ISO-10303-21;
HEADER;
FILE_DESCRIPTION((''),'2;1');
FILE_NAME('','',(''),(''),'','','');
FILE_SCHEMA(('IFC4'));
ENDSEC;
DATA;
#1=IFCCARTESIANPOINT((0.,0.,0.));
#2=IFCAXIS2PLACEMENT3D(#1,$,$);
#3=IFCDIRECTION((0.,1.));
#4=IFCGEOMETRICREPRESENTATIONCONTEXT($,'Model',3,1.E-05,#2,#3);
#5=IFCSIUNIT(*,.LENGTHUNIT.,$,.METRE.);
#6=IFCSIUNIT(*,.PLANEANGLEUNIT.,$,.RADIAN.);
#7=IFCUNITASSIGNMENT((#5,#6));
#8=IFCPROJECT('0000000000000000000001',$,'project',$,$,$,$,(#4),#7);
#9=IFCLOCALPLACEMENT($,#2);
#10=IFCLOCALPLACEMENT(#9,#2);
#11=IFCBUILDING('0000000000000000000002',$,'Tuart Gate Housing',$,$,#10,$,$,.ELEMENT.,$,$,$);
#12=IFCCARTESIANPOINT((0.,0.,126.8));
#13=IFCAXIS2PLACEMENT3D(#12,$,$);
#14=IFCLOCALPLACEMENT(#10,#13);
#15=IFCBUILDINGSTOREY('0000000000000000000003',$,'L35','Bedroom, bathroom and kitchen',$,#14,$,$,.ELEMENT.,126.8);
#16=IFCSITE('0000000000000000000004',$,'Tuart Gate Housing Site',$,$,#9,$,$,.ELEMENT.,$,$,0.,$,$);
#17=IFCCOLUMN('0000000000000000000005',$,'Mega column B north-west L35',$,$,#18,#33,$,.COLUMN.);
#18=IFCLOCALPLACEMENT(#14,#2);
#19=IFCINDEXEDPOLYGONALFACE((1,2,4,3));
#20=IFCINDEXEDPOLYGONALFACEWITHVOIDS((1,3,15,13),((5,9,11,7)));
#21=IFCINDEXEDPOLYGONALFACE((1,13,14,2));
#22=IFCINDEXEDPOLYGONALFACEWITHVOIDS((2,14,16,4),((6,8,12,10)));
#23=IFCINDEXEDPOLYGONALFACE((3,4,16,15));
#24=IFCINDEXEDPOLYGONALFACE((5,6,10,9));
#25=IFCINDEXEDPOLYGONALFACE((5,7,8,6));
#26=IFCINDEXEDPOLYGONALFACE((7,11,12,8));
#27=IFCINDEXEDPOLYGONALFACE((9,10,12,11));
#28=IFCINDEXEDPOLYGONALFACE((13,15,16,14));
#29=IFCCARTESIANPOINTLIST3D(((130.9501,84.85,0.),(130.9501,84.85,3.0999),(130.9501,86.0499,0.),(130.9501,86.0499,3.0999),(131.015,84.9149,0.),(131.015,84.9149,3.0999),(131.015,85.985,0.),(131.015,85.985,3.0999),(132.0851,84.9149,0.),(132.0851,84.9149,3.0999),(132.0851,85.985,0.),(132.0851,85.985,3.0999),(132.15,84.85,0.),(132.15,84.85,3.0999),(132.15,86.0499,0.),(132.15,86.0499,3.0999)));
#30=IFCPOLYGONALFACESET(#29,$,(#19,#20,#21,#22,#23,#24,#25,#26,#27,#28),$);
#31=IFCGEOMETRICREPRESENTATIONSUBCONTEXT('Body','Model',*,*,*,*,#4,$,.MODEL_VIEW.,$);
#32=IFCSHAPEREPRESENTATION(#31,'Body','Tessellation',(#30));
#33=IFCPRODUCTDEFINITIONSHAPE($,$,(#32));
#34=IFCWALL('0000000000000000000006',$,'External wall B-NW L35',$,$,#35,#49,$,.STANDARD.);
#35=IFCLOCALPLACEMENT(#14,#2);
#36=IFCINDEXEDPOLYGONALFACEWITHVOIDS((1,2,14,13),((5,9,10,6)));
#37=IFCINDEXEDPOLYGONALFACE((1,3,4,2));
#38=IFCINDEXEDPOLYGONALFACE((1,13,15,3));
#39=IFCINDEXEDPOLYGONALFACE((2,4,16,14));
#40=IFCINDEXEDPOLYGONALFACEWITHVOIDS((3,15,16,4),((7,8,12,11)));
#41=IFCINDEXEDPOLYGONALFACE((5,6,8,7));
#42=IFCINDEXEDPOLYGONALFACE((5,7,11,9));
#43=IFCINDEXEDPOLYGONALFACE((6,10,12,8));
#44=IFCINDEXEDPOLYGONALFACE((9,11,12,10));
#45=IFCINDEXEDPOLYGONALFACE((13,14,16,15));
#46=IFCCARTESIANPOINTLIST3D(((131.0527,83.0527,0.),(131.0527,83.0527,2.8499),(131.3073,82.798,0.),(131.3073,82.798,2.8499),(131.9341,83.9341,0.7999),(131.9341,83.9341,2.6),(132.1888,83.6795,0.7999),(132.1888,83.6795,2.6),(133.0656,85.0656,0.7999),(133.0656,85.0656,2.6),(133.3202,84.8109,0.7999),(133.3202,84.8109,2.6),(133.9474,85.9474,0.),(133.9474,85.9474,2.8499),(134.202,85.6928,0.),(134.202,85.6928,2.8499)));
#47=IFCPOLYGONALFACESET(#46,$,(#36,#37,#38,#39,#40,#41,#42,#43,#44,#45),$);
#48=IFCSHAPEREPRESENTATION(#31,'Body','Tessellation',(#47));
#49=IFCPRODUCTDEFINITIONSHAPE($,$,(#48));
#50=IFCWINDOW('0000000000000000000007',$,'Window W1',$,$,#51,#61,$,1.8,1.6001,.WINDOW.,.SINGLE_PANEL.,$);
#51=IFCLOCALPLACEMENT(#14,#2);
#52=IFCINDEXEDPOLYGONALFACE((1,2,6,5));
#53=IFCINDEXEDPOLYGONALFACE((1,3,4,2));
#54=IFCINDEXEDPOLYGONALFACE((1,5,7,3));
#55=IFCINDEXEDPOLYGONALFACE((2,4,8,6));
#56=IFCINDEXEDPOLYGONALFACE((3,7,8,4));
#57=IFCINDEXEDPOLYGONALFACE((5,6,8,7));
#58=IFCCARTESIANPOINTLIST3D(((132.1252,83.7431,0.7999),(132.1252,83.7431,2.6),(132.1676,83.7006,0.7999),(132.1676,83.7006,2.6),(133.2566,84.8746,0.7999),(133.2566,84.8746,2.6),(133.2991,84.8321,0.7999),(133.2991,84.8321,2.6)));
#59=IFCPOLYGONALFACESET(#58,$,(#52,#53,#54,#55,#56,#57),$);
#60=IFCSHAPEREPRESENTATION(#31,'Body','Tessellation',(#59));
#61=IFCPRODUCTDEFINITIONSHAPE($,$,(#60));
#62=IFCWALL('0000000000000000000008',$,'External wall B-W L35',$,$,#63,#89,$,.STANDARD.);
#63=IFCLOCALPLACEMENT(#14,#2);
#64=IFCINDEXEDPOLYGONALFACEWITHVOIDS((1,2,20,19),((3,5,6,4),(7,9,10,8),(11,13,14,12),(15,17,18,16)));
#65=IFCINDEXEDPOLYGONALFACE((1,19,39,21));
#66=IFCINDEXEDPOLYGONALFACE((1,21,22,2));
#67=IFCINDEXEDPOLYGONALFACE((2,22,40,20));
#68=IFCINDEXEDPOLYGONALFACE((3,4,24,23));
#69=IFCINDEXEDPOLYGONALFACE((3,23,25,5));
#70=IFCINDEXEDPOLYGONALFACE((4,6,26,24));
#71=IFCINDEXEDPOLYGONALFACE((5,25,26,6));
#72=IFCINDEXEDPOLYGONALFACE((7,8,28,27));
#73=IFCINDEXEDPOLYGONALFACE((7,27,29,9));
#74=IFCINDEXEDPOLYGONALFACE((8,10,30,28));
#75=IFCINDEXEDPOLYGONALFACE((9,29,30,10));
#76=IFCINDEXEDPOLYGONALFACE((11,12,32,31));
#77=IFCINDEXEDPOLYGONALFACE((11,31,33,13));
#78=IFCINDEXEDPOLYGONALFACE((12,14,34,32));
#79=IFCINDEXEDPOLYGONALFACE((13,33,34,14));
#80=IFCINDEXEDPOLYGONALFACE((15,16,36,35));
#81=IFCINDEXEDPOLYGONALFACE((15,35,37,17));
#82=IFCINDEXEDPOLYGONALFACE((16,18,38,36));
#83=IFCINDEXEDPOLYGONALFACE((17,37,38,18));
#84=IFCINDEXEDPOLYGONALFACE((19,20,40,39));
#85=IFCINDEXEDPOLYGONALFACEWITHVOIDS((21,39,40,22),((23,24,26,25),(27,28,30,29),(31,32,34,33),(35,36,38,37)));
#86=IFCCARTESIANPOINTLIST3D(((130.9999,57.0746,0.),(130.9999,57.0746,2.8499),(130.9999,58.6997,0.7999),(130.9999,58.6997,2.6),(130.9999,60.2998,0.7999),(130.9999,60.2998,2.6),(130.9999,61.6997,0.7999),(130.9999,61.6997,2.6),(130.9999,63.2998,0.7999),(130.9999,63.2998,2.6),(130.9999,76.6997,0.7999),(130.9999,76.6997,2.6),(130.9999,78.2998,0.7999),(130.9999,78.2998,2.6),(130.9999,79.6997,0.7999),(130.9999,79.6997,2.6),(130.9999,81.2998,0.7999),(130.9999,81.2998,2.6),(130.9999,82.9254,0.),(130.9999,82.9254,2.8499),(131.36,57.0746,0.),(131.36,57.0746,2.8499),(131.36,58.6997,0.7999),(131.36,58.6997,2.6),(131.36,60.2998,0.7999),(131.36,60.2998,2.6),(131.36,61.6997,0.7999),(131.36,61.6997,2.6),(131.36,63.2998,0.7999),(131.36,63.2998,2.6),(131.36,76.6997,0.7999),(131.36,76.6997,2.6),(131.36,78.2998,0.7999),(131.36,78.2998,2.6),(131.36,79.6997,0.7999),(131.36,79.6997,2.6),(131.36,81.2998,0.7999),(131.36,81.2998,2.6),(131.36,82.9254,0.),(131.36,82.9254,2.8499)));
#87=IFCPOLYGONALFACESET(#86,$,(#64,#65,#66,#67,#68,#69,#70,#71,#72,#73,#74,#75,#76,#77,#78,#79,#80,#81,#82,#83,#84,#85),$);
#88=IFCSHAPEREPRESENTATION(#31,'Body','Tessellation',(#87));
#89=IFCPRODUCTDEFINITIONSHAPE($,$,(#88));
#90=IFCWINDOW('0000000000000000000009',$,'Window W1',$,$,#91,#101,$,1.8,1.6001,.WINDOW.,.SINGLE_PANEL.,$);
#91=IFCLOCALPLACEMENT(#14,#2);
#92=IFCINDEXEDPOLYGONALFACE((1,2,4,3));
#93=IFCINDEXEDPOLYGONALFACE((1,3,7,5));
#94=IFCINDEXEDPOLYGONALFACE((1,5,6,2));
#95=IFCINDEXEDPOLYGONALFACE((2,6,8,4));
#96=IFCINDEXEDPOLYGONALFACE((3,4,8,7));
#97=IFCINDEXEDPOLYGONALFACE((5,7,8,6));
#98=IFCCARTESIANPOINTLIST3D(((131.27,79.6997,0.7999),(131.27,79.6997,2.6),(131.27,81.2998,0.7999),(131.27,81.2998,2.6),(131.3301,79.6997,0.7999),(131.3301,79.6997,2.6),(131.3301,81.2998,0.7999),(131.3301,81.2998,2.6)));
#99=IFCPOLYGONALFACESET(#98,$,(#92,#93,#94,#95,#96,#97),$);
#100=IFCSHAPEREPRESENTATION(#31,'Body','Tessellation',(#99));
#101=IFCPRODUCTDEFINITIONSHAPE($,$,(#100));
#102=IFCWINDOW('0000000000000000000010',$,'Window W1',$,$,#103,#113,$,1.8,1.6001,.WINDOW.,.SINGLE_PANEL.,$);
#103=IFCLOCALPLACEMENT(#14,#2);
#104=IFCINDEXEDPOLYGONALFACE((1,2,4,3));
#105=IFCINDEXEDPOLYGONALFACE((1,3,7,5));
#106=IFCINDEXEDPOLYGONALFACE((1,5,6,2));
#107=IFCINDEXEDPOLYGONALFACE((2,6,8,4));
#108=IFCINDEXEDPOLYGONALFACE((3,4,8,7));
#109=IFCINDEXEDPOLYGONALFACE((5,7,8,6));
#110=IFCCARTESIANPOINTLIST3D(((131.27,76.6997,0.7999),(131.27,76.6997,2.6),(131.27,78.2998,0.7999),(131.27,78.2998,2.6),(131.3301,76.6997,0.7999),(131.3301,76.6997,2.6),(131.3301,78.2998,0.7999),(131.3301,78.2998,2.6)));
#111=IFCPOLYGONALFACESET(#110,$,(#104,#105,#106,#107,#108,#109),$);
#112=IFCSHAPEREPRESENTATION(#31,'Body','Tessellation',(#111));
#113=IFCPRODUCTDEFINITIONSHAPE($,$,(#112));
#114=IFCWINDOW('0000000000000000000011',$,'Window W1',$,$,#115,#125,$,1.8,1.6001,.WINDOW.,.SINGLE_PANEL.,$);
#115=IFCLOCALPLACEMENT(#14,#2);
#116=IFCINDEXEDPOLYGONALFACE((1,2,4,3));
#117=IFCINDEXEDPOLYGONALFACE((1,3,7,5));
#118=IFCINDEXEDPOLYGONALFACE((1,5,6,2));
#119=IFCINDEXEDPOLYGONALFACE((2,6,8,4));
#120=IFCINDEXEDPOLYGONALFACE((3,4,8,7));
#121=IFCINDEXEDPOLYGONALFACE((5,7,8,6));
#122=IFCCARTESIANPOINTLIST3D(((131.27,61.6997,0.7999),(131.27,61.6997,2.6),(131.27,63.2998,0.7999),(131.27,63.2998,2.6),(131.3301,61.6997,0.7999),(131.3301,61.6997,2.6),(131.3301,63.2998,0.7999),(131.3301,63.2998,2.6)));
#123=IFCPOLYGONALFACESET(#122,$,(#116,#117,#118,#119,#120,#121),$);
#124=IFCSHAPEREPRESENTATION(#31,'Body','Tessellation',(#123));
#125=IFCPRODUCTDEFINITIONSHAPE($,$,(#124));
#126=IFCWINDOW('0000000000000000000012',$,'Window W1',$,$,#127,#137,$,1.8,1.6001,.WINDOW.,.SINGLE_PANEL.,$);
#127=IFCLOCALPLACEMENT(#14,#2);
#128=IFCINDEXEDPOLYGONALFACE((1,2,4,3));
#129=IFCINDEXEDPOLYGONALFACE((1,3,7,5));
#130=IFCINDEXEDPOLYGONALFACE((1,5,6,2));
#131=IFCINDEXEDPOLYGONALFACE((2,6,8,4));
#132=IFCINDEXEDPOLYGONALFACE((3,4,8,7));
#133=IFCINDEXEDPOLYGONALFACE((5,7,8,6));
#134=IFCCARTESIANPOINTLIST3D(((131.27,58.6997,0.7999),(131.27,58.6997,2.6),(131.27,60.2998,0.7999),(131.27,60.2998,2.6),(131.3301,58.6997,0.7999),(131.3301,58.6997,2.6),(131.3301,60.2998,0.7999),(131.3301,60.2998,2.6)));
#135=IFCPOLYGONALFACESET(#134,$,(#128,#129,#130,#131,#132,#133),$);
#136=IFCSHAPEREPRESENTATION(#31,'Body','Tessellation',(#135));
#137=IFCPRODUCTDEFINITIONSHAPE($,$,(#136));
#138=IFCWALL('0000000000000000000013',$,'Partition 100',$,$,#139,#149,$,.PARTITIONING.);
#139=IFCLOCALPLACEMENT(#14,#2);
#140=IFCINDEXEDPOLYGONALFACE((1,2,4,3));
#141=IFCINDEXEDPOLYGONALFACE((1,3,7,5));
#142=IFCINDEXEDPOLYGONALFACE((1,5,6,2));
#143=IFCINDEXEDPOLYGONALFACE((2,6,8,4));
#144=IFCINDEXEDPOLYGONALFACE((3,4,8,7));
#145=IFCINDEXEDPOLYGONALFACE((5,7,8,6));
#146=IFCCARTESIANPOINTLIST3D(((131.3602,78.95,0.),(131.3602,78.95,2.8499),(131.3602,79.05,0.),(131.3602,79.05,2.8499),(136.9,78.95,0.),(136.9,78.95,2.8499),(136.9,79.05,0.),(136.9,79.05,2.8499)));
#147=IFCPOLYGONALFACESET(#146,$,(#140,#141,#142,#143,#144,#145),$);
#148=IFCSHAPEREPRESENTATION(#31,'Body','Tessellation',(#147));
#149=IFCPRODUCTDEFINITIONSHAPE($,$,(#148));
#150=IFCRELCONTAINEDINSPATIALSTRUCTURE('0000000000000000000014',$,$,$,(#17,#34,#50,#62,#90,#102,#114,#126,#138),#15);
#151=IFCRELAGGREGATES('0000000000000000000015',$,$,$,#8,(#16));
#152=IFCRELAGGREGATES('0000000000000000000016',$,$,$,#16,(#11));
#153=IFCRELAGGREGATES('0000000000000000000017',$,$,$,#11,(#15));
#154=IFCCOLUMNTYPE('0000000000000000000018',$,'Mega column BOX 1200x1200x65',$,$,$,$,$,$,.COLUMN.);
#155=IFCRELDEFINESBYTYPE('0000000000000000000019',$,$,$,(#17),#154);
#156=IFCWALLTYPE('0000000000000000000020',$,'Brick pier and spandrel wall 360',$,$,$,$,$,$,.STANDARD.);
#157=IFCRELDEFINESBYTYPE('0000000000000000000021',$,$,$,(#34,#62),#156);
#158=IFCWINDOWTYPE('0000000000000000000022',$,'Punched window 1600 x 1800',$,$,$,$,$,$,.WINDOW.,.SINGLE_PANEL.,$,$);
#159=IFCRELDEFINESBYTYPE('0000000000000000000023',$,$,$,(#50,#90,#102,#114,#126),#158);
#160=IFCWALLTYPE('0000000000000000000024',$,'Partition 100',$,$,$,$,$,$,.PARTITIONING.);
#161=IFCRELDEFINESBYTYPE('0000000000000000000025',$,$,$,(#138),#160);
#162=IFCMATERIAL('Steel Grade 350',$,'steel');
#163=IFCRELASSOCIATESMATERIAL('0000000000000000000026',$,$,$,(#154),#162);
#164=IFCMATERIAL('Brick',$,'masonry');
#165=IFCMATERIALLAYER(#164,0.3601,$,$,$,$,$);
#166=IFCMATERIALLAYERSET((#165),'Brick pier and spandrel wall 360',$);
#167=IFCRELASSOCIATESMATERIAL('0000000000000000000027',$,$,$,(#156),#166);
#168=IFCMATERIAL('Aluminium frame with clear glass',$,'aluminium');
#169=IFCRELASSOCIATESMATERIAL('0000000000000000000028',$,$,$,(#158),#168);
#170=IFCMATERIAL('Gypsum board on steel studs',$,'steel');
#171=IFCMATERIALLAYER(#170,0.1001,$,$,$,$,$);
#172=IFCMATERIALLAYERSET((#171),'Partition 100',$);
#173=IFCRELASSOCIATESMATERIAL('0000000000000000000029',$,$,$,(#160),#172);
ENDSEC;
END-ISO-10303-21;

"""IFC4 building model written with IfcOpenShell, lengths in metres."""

from ifc_helpers import new_model, si_unit, direction, frame, frame_2d, origin, origin_2d, place, context, subcontext, project, spatial, rectangle, hollow_rectangle, extrude, material, layer, layer_set, material_profile, profile_set, type_object, element, fill, save


model = new_model("IFC4")

# Units and contexts
model_context = context("Model", 3, precision=1e-05, world=origin(), true_north=direction((0.0, 1.0)))
body_context = subcontext(model_context, "Body", "Model", "MODEL_VIEW")
ifc_project = project(units=[si_unit("LENGTHUNIT", "METRE"), si_unit("PLANEANGLEUNIT", "RADIAN")], contexts=[model_context])

# Site, building, storey
site_placement = place(None, origin())
site = spatial("IfcSite", under=ifc_project, at=site_placement, Name="Tuart Gate Housing Site", CompositionType="ELEMENT", RefElevation=0.0)
building_placement = place(site_placement, origin())
building = spatial("IfcBuilding", under=site, at=building_placement, Name="Tuart Gate Housing", CompositionType="ELEMENT")
storey_placement = place(building_placement, frame((0.0, 0.0, 126.8)))
storey = spatial("IfcBuildingStorey", under=building, at=storey_placement, Name="L35", Description="Bedroom, bathroom and kitchen", CompositionType="ELEMENT", Elevation=126.8)

# Column
ifc_material_1 = material(Name="Steel Grade 350", Category="steel")
ifc_material_profile = material_profile(ifc_material_1, hollow_rectangle(XDim=1.2, YDim=1.2, WallThickness=0.0649, at=origin_2d()), Name="BOX 1200x1200x65")
ifc_profile_set = profile_set([ifc_material_profile], Name="Steel Grade 350")
column_type = type_object("IfcColumnType", Name="Mega column BOX 1200x1200x65", PredefinedType="COLUMN", material=ifc_profile_set)
column_placement = place(storey_placement, frame((131.55, 85.45, 0.0), z_axis=(0.0, 0.0, 1.0), x_axis=(1.0, 0.0, 0.0)))
element("IfcColumn", 1, at=column_placement, inside=storey, type_object=column_type, Name="Mega column B north-west L35", PredefinedType="COLUMN", context=body_context, shape_type="SweptSolid", body=[
    extrude(hollow_rectangle(XDim=1.2, YDim=1.2, WallThickness=0.0649, at=origin_2d()), origin(), (0.0, 0.0, 1.0), 3.0999),
])

# Wall, opening, window
ifc_material_2 = material(Name="Brick", Category="masonry")
ifc_layer_1 = layer(ifc_material_2, 0.3601)
ifc_layer_set_1 = layer_set([ifc_layer_1], Name="Brick pier and spandrel wall 360")
wall_type_1 = type_object("IfcWallType", Name="Brick pier and spandrel wall 360", PredefinedType="STANDARD", material=ifc_layer_set_1)
wall_1_placement = place(storey_placement, frame((134.0747, 85.8201, 0.0), z_axis=(0.0, 0.0, 1.0), x_axis=(-0.707107, -0.707107, 0.0)))
wall_1 = element("IfcWall", 2, at=wall_1_placement, inside=storey, type_object=wall_type_1, Name="External wall B-NW L35", PredefinedType="STANDARD", context=body_context, shape_type="SweptSolid", body=[
    extrude(rectangle(XDim=4.0938, YDim=0.3601, at=frame_2d((2.0469, 0.0))), origin(), (0.0, 0.0, 1.0), 2.8499),
])
opening_1_placement = place(wall_1_placement, frame((1.2471, 0.0, 0.8)))
opening_1 = element("IfcOpeningElement", 3, at=opening_1_placement, cuts=wall_1, PredefinedType="OPENING", context=body_context, shape_type="SweptSolid", body=[
    extrude(rectangle(XDim=1.6001, YDim=1.8, at=frame_2d((0.8, 0.8999))), frame((0.0, 0.1899, 0.0), z_axis=(0.0, -1.0, 0.0), x_axis=(1.0, 0.0, 0.0)), (0.0, 0.0, 1.0), 0.3801),
])
ifc_material_3 = material(Name="Aluminium frame with clear glass", Category="aluminium")
window_type = type_object("IfcWindowType", Name="Punched window 1600 x 1800", PartitioningType="SINGLE_PANEL", PredefinedType="WINDOW", material=ifc_material_3)
window_1_placement = place(opening_1_placement, origin())
window_1 = element("IfcWindow", 4, at=window_1_placement, inside=storey, type_object=window_type, Name="Window W1", OverallHeight=1.8, OverallWidth=1.6001, PartitioningType="SINGLE_PANEL", PredefinedType="WINDOW", context=body_context, shape_type="SweptSolid", body=[
    extrude(rectangle(XDim=1.6001, YDim=1.8, at=frame_2d((0.8, 0.8999))), frame((0.0, 0.1501, 0.0), z_axis=(0.0, -1.0, 0.0), x_axis=(1.0, 0.0, 0.0)), (0.0, 0.0, 1.0), 0.0601),
])
fill(opening_1, window_1)

# Wall, openings, windows
wall_2_placement = place(storey_placement, frame((131.1799, 82.9253, 0.0), z_axis=(0.0, 0.0, 1.0), x_axis=(0.0, -1.0, 0.0)))
wall_2 = element("IfcWall", 5, at=wall_2_placement, inside=storey, type_object=wall_type_1, Name="External wall B-W L35", PredefinedType="STANDARD", context=body_context, shape_type="SweptSolid", body=[
    extrude(rectangle(XDim=25.8508, YDim=0.3601, at=frame_2d((12.9253, 0.0))), origin(), (0.0, 0.0, 1.0), 2.8499),
])
opening_2_placement = place(wall_2_placement, frame((1.6255, 0.0, 0.8)))
opening_2 = element("IfcOpeningElement", 6, at=opening_2_placement, cuts=wall_2, PredefinedType="OPENING", context=body_context, shape_type="SweptSolid", body=[
    extrude(rectangle(XDim=1.6001, YDim=1.8, at=frame_2d((0.8, 0.8999))), frame((0.0, 0.1899, 0.0), z_axis=(0.0, -1.0, 0.0), x_axis=(1.0, 0.0, 0.0)), (0.0, 0.0, 1.0), 0.3801),
])
opening_3_placement = place(wall_2_placement, frame((4.6255, 0.0, 0.8)))
opening_3 = element("IfcOpeningElement", 7, at=opening_3_placement, cuts=wall_2, PredefinedType="OPENING", context=body_context, shape_type="SweptSolid", body=[
    extrude(rectangle(XDim=1.6001, YDim=1.8, at=frame_2d((0.8, 0.8999))), frame((0.0, 0.1899, 0.0), z_axis=(0.0, -1.0, 0.0), x_axis=(1.0, 0.0, 0.0)), (0.0, 0.0, 1.0), 0.3801),
])
opening_4_placement = place(wall_2_placement, frame((19.6255, 0.0, 0.8)))
opening_4 = element("IfcOpeningElement", 8, at=opening_4_placement, cuts=wall_2, PredefinedType="OPENING", context=body_context, shape_type="SweptSolid", body=[
    extrude(rectangle(XDim=1.6001, YDim=1.8, at=frame_2d((0.8, 0.8999))), frame((0.0, 0.1899, 0.0), z_axis=(0.0, -1.0, 0.0), x_axis=(1.0, 0.0, 0.0)), (0.0, 0.0, 1.0), 0.3801),
])
opening_5_placement = place(wall_2_placement, frame((22.6255, 0.0, 0.8)))
opening_5 = element("IfcOpeningElement", 9, at=opening_5_placement, cuts=wall_2, PredefinedType="OPENING", context=body_context, shape_type="SweptSolid", body=[
    extrude(rectangle(XDim=1.6001, YDim=1.8, at=frame_2d((0.8, 0.8999))), frame((0.0, 0.1899, 0.0), z_axis=(0.0, -1.0, 0.0), x_axis=(1.0, 0.0, 0.0)), (0.0, 0.0, 1.0), 0.3801),
])
window_2_placement = place(opening_2_placement, origin())
window_2 = element("IfcWindow", 10, at=window_2_placement, inside=storey, type_object=window_type, Name="Window W1", OverallHeight=1.8, OverallWidth=1.6001, PartitioningType="SINGLE_PANEL", PredefinedType="WINDOW", context=body_context, shape_type="SweptSolid", body=[
    extrude(rectangle(XDim=1.6001, YDim=1.8, at=frame_2d((0.8, 0.8999))), frame((0.0, 0.1501, 0.0), z_axis=(0.0, -1.0, 0.0), x_axis=(1.0, 0.0, 0.0)), (0.0, 0.0, 1.0), 0.0601),
])
fill(opening_2, window_2)
window_3_placement = place(opening_3_placement, origin())
window_3 = element("IfcWindow", 11, at=window_3_placement, inside=storey, type_object=window_type, Name="Window W1", OverallHeight=1.8, OverallWidth=1.6001, PartitioningType="SINGLE_PANEL", PredefinedType="WINDOW", context=body_context, shape_type="SweptSolid", body=[
    extrude(rectangle(XDim=1.6001, YDim=1.8, at=frame_2d((0.8, 0.8999))), frame((0.0, 0.1501, 0.0), z_axis=(0.0, -1.0, 0.0), x_axis=(1.0, 0.0, 0.0)), (0.0, 0.0, 1.0), 0.0601),
])
fill(opening_3, window_3)
window_4_placement = place(opening_4_placement, origin())
window_4 = element("IfcWindow", 12, at=window_4_placement, inside=storey, type_object=window_type, Name="Window W1", OverallHeight=1.8, OverallWidth=1.6001, PartitioningType="SINGLE_PANEL", PredefinedType="WINDOW", context=body_context, shape_type="SweptSolid", body=[
    extrude(rectangle(XDim=1.6001, YDim=1.8, at=frame_2d((0.8, 0.8999))), frame((0.0, 0.1501, 0.0), z_axis=(0.0, -1.0, 0.0), x_axis=(1.0, 0.0, 0.0)), (0.0, 0.0, 1.0), 0.0601),
])
fill(opening_4, window_4)
window_5_placement = place(opening_5_placement, origin())
window_5 = element("IfcWindow", 13, at=window_5_placement, inside=storey, type_object=window_type, Name="Window W1", OverallHeight=1.8, OverallWidth=1.6001, PartitioningType="SINGLE_PANEL", PredefinedType="WINDOW", context=body_context, shape_type="SweptSolid", body=[
    extrude(rectangle(XDim=1.6001, YDim=1.8, at=frame_2d((0.8, 0.8999))), frame((0.0, 0.1501, 0.0), z_axis=(0.0, -1.0, 0.0), x_axis=(1.0, 0.0, 0.0)), (0.0, 0.0, 1.0), 0.0601),
])
fill(opening_5, window_5)

# Wall
ifc_material_4 = material(Name="Gypsum board on steel studs", Category="steel")
ifc_layer_2 = layer(ifc_material_4, 0.1001)
ifc_layer_set_2 = layer_set([ifc_layer_2], Name="Partition 100")
wall_type_2 = type_object("IfcWallType", Name="Partition 100", PredefinedType="PARTITIONING", material=ifc_layer_set_2)
wall_3_placement = place(storey_placement, frame((131.3601, 79.0, 0.0), z_axis=(0.0, 0.0, 1.0), x_axis=(1.0, 0.0, 0.0)))
element("IfcWall", 14, at=wall_3_placement, inside=storey, type_object=wall_type_2, Name="Partition 100", PredefinedType="PARTITIONING", context=body_context, shape_type="SweptSolid", body=[
    extrude(rectangle(XDim=5.5398, YDim=0.1001, at=frame_2d((2.77, 0.0))), origin(), (0.0, 0.0, 1.0), 2.8499),
])

save(model, "model.ifc")
